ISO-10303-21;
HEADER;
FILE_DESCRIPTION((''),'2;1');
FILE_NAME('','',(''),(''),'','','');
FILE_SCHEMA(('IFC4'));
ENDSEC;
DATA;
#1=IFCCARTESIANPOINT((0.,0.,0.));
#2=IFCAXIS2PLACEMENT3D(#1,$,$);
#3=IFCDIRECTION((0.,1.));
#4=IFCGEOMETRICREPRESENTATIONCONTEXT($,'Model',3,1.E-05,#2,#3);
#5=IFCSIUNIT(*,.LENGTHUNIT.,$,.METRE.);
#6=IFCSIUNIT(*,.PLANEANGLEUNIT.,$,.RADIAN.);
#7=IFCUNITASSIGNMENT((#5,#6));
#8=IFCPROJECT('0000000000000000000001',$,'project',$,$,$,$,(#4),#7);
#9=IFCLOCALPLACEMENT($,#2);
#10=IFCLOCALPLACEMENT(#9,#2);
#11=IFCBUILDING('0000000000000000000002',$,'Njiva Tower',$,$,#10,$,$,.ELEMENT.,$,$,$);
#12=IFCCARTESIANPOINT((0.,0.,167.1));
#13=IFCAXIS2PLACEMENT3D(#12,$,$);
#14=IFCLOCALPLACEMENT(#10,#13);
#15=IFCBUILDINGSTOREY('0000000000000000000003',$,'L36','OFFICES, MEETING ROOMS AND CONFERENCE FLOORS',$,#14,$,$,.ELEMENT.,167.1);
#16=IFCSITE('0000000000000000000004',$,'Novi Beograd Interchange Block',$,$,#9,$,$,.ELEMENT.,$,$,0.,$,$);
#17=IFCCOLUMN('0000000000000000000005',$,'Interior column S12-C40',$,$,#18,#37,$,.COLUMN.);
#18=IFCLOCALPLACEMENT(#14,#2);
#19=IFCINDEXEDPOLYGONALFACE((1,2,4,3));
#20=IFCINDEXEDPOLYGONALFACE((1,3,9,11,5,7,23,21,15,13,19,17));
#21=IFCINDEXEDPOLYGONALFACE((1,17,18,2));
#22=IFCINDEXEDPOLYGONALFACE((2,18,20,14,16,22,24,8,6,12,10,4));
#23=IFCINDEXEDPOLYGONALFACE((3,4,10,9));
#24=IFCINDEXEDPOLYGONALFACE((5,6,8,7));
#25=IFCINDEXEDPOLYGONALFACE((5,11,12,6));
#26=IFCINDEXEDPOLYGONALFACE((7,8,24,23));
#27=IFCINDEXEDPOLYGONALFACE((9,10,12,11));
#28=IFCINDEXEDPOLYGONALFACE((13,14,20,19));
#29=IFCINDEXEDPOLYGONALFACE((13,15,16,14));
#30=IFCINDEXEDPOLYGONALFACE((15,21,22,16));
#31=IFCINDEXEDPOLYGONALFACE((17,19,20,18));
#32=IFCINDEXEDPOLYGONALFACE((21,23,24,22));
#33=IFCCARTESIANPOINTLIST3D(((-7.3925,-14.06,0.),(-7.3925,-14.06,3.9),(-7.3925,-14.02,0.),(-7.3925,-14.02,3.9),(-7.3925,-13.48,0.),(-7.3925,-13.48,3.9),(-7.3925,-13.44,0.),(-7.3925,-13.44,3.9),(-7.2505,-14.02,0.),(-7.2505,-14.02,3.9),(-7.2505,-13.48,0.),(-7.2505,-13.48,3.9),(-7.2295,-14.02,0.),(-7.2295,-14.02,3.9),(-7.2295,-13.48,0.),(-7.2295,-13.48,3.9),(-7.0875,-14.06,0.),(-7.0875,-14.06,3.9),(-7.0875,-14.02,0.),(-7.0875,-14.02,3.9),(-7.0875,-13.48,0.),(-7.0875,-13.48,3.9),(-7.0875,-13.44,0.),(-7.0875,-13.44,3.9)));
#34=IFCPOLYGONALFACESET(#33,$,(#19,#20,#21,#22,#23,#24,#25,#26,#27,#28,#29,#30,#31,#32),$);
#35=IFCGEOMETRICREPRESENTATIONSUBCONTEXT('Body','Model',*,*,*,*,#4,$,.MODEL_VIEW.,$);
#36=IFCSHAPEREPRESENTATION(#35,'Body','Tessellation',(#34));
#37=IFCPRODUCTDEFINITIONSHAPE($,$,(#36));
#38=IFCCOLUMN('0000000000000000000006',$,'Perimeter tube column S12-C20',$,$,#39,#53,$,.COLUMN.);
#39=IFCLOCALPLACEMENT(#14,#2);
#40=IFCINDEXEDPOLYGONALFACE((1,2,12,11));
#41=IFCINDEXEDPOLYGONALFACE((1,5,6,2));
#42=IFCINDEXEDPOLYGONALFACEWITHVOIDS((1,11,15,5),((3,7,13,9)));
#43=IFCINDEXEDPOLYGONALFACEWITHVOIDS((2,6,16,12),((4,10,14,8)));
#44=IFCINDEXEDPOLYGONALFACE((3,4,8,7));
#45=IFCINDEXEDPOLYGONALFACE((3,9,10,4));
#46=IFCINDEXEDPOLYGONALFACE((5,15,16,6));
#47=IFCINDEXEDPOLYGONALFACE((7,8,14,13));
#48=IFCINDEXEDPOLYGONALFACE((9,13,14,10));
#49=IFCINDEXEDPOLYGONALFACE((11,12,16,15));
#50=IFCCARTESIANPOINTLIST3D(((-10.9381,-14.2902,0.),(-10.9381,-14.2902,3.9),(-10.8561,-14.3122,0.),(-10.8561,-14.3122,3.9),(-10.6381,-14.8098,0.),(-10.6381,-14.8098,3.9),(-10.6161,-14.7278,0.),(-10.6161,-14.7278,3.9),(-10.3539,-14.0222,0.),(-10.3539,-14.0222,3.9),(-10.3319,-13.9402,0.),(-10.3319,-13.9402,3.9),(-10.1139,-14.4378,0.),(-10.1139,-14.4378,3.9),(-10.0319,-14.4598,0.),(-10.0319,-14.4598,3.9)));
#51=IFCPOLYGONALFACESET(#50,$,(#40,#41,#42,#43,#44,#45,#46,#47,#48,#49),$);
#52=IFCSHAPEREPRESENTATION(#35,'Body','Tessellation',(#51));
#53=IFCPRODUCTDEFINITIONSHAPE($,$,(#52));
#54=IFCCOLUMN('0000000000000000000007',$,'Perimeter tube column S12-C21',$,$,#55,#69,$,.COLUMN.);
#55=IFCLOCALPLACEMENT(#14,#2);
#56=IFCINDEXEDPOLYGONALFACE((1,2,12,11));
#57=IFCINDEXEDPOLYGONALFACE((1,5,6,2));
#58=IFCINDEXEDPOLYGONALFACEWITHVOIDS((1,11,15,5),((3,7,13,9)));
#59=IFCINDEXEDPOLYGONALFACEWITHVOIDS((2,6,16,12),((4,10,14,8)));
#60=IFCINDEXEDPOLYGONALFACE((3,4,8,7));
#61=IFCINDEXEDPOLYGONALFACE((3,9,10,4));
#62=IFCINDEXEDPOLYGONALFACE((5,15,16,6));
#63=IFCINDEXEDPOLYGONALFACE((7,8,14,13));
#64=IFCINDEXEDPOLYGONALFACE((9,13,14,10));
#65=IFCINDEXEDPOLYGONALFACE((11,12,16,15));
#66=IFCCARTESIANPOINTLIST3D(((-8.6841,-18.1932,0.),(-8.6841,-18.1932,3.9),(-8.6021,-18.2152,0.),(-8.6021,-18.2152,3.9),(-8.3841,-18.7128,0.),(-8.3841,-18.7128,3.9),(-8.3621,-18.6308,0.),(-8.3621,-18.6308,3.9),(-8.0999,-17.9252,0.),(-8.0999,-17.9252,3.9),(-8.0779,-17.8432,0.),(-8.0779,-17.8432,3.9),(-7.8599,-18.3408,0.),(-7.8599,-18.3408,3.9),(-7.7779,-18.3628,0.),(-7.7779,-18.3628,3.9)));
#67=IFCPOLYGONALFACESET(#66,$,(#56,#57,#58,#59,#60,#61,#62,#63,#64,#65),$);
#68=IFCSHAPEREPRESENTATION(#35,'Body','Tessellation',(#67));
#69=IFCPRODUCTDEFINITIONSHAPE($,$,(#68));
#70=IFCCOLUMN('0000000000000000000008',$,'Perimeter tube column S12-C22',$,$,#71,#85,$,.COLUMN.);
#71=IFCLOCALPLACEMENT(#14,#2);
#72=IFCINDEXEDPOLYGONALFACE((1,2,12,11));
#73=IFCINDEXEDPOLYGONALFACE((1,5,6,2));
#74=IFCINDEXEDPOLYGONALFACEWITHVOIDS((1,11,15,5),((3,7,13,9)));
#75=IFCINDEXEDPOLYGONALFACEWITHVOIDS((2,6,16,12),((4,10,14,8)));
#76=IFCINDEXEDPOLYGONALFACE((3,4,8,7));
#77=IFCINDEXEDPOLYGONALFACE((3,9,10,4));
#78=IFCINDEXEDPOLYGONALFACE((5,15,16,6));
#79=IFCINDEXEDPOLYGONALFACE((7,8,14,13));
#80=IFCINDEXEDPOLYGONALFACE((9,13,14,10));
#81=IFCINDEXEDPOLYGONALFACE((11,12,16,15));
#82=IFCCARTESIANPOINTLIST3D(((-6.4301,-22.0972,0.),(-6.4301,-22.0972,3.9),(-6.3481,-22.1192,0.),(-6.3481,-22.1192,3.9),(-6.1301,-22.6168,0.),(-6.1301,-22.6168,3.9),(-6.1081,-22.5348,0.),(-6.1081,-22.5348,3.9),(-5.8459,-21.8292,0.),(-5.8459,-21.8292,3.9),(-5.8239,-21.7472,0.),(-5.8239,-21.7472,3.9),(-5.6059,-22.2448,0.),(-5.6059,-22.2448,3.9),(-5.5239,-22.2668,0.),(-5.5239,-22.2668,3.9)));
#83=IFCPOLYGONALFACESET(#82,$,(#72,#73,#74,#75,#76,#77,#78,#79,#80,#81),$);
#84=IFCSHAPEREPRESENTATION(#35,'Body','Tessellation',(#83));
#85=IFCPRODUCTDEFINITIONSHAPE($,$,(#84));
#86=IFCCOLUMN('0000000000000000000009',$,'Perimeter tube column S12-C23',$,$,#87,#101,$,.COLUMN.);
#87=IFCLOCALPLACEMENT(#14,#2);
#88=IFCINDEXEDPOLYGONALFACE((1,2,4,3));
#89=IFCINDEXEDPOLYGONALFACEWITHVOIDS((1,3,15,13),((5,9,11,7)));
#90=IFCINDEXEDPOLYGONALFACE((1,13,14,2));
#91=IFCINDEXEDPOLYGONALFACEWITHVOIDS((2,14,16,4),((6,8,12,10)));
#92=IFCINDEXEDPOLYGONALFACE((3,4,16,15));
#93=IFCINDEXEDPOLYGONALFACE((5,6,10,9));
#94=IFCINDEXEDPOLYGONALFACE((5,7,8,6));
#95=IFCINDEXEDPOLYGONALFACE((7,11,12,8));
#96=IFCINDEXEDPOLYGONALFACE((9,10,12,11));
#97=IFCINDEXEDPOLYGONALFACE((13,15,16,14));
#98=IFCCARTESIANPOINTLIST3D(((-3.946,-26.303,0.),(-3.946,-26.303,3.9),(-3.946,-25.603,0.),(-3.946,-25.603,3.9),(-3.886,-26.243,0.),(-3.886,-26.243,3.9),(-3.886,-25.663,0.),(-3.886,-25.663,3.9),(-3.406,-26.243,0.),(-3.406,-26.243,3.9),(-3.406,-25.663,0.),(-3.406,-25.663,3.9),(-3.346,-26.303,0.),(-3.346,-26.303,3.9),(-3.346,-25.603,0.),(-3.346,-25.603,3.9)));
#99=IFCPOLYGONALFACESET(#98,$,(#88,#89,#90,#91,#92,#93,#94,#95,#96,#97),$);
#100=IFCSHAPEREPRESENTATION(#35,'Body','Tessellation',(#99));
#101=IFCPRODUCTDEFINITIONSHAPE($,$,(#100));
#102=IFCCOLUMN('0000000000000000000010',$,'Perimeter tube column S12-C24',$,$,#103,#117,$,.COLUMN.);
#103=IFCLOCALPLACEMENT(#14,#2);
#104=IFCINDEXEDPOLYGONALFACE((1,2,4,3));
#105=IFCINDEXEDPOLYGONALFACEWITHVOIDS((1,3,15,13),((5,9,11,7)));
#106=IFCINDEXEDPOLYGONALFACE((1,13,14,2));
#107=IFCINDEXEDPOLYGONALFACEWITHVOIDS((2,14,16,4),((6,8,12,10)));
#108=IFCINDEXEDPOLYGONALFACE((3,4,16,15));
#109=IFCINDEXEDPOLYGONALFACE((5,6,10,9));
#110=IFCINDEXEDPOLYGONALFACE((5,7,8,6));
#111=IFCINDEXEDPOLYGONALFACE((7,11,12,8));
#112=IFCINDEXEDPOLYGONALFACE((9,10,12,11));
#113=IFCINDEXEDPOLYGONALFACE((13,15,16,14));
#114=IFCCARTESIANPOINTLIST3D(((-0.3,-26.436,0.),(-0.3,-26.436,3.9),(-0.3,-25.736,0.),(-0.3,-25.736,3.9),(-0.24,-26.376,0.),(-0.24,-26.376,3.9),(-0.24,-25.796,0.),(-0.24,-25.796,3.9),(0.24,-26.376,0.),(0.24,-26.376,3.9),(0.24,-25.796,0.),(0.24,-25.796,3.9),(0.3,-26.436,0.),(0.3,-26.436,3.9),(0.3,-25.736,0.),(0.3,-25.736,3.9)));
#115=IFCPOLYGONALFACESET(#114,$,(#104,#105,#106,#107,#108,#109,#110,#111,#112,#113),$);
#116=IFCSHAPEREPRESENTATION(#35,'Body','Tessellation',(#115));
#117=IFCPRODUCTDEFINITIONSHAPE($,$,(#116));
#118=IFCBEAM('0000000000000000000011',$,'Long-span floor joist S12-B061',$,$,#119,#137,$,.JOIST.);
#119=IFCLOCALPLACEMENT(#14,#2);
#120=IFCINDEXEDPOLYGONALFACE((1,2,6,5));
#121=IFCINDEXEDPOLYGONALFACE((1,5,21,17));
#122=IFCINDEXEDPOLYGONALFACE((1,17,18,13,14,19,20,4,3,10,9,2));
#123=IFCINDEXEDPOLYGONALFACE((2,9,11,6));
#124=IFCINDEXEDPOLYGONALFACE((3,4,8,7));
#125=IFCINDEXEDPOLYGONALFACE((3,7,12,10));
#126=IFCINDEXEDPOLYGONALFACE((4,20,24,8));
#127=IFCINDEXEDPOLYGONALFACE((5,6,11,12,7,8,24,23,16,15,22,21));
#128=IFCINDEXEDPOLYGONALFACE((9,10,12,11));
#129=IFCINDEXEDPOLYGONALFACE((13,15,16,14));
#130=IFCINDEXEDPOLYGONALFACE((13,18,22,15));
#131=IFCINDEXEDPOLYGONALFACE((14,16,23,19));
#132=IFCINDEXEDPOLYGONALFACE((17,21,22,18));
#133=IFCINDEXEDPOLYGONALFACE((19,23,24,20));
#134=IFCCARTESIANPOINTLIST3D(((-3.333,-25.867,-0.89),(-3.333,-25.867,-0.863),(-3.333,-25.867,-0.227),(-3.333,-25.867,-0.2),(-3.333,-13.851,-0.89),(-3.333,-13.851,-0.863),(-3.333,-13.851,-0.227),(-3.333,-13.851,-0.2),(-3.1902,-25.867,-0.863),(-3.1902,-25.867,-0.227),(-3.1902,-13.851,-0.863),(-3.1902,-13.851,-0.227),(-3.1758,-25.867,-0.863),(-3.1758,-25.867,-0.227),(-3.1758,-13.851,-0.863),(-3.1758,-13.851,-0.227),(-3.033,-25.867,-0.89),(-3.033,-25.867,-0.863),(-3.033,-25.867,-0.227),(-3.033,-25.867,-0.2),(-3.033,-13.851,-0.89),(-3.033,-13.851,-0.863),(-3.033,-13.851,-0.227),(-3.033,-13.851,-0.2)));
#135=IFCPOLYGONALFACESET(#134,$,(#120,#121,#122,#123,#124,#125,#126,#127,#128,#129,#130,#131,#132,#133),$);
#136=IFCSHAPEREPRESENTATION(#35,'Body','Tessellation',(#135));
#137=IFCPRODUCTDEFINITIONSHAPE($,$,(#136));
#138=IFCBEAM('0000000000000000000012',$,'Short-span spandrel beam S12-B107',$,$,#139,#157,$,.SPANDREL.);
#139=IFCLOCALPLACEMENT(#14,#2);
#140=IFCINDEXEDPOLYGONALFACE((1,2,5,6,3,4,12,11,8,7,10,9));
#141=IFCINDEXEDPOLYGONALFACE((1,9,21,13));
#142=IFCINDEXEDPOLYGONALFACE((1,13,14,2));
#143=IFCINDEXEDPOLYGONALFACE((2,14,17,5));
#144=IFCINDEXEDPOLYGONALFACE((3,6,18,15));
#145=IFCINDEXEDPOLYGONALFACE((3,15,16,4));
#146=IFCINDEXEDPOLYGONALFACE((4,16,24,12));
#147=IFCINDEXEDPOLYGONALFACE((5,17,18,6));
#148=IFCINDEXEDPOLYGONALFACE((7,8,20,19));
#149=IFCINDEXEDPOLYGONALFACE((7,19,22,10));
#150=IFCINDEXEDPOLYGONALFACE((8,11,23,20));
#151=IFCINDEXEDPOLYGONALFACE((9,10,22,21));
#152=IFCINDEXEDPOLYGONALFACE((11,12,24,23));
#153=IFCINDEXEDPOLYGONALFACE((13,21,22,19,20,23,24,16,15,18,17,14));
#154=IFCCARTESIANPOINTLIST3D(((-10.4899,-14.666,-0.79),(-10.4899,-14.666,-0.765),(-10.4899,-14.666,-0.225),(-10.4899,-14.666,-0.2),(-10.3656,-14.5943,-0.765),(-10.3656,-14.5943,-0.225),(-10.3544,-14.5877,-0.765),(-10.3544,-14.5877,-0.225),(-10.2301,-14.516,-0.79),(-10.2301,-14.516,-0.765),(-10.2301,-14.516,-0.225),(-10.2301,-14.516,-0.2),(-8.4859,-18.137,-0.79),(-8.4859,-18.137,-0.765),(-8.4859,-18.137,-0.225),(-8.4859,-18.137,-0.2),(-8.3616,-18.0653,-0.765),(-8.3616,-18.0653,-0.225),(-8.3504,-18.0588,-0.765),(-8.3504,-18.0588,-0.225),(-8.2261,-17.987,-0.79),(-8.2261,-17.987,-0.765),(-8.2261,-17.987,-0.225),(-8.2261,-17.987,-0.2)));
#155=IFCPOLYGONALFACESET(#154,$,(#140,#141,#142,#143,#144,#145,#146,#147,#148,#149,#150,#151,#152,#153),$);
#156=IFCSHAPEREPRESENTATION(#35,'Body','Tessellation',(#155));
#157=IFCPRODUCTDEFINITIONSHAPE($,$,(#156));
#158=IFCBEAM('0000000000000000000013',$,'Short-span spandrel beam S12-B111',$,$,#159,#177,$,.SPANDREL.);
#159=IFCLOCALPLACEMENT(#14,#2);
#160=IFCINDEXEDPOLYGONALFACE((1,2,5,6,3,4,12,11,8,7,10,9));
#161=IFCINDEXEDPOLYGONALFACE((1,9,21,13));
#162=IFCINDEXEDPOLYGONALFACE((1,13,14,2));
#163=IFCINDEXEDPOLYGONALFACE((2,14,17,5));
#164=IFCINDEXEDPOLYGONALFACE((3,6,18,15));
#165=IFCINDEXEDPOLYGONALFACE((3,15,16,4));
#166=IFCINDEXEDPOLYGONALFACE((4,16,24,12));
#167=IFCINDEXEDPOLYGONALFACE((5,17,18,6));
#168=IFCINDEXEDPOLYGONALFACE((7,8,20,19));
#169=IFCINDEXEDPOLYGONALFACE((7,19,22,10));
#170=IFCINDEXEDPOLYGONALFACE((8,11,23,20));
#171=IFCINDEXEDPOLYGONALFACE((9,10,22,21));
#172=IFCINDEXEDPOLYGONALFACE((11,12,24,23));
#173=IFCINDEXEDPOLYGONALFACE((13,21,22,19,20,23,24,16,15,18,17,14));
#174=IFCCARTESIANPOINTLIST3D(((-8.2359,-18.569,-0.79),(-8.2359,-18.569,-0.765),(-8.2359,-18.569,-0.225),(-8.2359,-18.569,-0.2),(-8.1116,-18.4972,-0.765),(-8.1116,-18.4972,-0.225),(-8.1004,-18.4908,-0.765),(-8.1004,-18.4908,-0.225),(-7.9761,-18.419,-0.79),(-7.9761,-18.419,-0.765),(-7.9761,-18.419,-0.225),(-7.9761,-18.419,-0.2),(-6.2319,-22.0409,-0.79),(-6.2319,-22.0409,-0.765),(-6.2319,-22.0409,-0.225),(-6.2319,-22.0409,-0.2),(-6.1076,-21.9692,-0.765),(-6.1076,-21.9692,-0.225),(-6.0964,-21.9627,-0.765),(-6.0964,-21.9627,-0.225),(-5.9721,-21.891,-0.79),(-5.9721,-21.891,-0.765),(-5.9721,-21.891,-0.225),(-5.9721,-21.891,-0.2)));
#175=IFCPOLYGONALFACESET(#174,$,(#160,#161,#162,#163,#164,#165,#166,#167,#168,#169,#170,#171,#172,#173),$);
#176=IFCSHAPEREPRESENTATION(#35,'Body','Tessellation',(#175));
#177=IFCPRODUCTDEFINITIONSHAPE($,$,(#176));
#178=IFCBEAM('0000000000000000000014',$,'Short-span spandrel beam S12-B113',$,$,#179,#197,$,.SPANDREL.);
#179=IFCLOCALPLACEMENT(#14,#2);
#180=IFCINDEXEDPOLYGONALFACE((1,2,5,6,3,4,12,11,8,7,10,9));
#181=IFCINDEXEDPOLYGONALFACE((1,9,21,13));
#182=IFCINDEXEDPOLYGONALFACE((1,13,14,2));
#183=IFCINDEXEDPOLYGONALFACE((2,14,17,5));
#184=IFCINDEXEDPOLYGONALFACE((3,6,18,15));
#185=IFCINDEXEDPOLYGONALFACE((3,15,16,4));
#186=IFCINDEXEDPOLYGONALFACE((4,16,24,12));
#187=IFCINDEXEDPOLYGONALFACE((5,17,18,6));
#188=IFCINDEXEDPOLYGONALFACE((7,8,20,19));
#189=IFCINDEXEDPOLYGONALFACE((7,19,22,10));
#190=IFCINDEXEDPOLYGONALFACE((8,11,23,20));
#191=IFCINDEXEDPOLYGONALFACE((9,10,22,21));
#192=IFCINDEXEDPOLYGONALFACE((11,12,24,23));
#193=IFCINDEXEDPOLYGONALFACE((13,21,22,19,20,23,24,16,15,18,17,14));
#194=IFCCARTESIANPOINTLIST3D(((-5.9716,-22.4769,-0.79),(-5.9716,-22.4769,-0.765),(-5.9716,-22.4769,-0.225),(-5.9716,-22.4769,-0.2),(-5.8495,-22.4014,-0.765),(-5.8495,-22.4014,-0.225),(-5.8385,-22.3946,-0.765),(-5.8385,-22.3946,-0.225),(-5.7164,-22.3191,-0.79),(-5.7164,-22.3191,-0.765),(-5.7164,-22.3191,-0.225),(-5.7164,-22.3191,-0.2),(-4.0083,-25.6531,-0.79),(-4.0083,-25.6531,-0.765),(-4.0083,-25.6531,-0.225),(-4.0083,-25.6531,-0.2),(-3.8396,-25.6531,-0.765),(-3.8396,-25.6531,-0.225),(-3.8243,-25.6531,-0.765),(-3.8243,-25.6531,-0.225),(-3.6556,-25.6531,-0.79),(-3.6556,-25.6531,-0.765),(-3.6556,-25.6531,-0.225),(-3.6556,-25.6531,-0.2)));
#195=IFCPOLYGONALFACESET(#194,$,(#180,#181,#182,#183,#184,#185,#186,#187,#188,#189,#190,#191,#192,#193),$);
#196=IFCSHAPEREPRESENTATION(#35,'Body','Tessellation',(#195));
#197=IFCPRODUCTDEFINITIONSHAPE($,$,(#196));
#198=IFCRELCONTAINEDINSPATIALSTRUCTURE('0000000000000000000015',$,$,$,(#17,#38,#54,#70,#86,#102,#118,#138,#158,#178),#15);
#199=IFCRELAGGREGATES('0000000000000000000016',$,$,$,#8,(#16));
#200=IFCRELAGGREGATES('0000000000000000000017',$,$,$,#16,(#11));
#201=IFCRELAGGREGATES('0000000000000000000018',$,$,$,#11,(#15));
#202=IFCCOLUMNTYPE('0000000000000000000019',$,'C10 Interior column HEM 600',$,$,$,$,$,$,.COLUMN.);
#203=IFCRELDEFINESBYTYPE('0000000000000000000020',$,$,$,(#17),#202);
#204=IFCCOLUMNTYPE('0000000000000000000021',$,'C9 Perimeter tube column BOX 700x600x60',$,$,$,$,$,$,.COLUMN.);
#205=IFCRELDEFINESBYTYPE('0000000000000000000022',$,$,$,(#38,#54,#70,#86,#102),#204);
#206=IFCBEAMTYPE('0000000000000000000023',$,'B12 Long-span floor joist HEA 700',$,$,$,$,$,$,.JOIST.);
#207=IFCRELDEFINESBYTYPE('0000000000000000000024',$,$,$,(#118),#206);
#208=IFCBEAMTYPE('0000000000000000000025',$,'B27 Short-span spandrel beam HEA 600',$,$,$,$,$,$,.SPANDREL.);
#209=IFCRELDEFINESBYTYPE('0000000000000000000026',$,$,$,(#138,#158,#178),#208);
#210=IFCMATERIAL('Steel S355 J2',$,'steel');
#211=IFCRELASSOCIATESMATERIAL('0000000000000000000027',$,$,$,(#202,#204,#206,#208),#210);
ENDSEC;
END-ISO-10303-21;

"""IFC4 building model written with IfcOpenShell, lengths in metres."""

from ifc_helpers import new_model, si_unit, direction, frame, origin, origin_2d, place, context, subcontext, project, spatial, hollow_rectangle, i_section, extrude, clip, halfspace, material, material_profile, profile_set, type_object, element, save


model = new_model("IFC4")

# Units and contexts
model_context = context("Model", 3, precision=1e-05, world=origin(), true_north=direction((0.0, 1.0)))
body_context = subcontext(model_context, "Body", "Model", "MODEL_VIEW")
ifc_project = project(units=[si_unit("LENGTHUNIT", "METRE"), si_unit("PLANEANGLEUNIT", "RADIAN")], contexts=[model_context])

# Site, building, storey
site_placement = place(None, origin())
site = spatial("IfcSite", under=ifc_project, at=site_placement, Name="Novi Beograd Interchange Block", CompositionType="ELEMENT", RefElevation=0.0)
building_placement = place(site_placement, origin())
building = spatial("IfcBuilding", under=site, at=building_placement, Name="Njiva Tower", CompositionType="ELEMENT")
storey_placement = place(building_placement, frame((0.0, 0.0, 167.1)))
storey = spatial("IfcBuildingStorey", under=building, at=storey_placement, Name="L36", Description="OFFICES, MEETING ROOMS AND CONFERENCE FLOORS", CompositionType="ELEMENT", Elevation=167.1)

# Columns
ifc_material_1 = material(Name="Steel S355 J2", Category="steel")
ifc_material_profile_1 = material_profile(ifc_material_1, i_section(OverallWidth=0.305, OverallDepth=0.62, WebThickness=0.021, FlangeThickness=0.04, at=origin_2d()), Name="HEM 600")
ifc_profile_set_1 = profile_set([ifc_material_profile_1], Name="Steel S355 J2")
column_type_1 = type_object("IfcColumnType", Name="C10 Interior column HEM 600", PredefinedType="COLUMN", material=ifc_profile_set_1)
column_placement = place(storey_placement, frame((-7.24, -13.75, 0.0), z_axis=(0.0, 0.0, 1.0), x_axis=(1.0, 0.0, 0.0)))
element("IfcColumn", 1, at=column_placement, inside=storey, type_object=column_type_1, Name="Interior column S12-C40", PredefinedType="COLUMN", context=body_context, shape_type="SweptSolid", body=[
    extrude(i_section(OverallWidth=0.305, OverallDepth=0.62, WebThickness=0.021, FlangeThickness=0.04, at=origin_2d()), origin(), (0.0, 0.0, 1.0), 3.9),
])
ifc_material_profile_2 = material_profile(ifc_material_1, hollow_rectangle(XDim=0.6, YDim=0.7, WallThickness=0.06, at=origin_2d()), Name="BOX 700x600x60")
ifc_profile_set_2 = profile_set([ifc_material_profile_2], Name="Steel S355 J2")
column_type_2 = type_object("IfcColumnType", Name="C9 Perimeter tube column BOX 700x600x60", PredefinedType="COLUMN", material=ifc_profile_set_2)
for number, where, z_axis, x_axis, name in (
    (2, (-10.485, -14.375, 0.0), (0.0, 0.0, 1.0), (0.5, -0.866025, 0.0), "Perimeter tube column S12-C20"),
    (3, (-8.231, -18.278, 0.0), (0.0, 0.0, 1.0), (0.5, -0.866025, 0.0), "Perimeter tube column S12-C21"),
    (4, (-5.977, -22.182, 0.0), (0.0, 0.0, 1.0), (0.5, -0.866025, 0.0), "Perimeter tube column S12-C22"),
    (5, (-3.646, -25.953, 0.0), (0.0, 0.0, 1.0), (1.0, 0.0, 0.0), "Perimeter tube column S12-C23"),
    (6, (0.0, -26.086, 0.0), (0.0, 0.0, 1.0), (1.0, 0.0, 0.0), "Perimeter tube column S12-C24"),
):
    element("IfcColumn", number, at=place(storey_placement, frame(where, z_axis=z_axis, x_axis=x_axis)), inside=storey, type_object=column_type_2, Name=name, PredefinedType="COLUMN", context=body_context, shape_type="SweptSolid", body=[
        extrude(hollow_rectangle(XDim=0.6, YDim=0.7, WallThickness=0.06, at=origin_2d()), origin(), (0.0, 0.0, 1.0), 3.9),
    ])

# Beams
ifc_material_profile_3 = material_profile(ifc_material_1, i_section(OverallWidth=0.3, OverallDepth=0.69, WebThickness=0.0145, FlangeThickness=0.027, at=origin_2d()), Name="HEA 700")
ifc_profile_set_3 = profile_set([ifc_material_profile_3], Name="Steel S355 J2")
beam_type_1 = type_object("IfcBeamType", Name="B12 Long-span floor joist HEA 700", PredefinedType="JOIST", material=ifc_profile_set_3)
beam_1_placement = place(storey_placement, frame((-3.183, -13.851, -0.545), z_axis=(0.0, -1.0, 0.0), x_axis=(1.0, 0.0, 0.0)))
element("IfcBeam", 7, at=beam_1_placement, inside=storey, type_object=beam_type_1, Name="Long-span floor joist S12-B061", PredefinedType="JOIST", context=body_context, shape_type="SweptSolid", body=[
    extrude(i_section(OverallWidth=0.3, OverallDepth=0.69, WebThickness=0.0145, FlangeThickness=0.027, at=origin_2d()), origin(), (0.0, 0.0, 1.0), 12.016),
])
ifc_material_profile_4 = material_profile(ifc_material_1, i_section(OverallWidth=0.3, OverallDepth=0.59, WebThickness=0.013, FlangeThickness=0.025, at=origin_2d()), Name="HEA 600")
ifc_profile_set_4 = profile_set([ifc_material_profile_4], Name="Steel S355 J2")
beam_type_2 = type_object("IfcBeamType", Name="B27 Short-span spandrel beam HEA 600", PredefinedType="SPANDREL", material=ifc_profile_set_4)
beam_2_placement = place(storey_placement, frame((-10.36, -14.591, -0.495), z_axis=(0.500003, -0.866024, 0.0), x_axis=(0.866024, 0.500003, 0.0)))
element("IfcBeam", 8, at=beam_2_placement, inside=storey, type_object=beam_type_2, Name="Short-span spandrel beam S12-B107", PredefinedType="SPANDREL", context=body_context, shape_type="SweptSolid", body=[
    extrude(i_section(OverallWidth=0.3, OverallDepth=0.59, WebThickness=0.013, FlangeThickness=0.025, at=origin_2d()), origin(), (0.0, 0.0, 1.0), 4.008),
])
beam_3_placement = place(storey_placement, frame((-8.106, -18.494, -0.495), z_axis=(0.499895, -0.866086, 0.0), x_axis=(0.866086, 0.499895, 0.0)))
element("IfcBeam", 9, at=beam_3_placement, inside=storey, type_object=beam_type_2, Name="Short-span spandrel beam S12-B111", PredefinedType="SPANDREL", context=body_context, shape_type="SweptSolid", body=[
    extrude(i_section(OverallWidth=0.3, OverallDepth=0.59, WebThickness=0.013, FlangeThickness=0.025, at=origin_2d()), origin(), (0.0, 0.0, 1.0), 4.0088),
])
beam_4_placement = place(storey_placement, frame((-5.844, -22.398, -0.495), z_axis=(0.525788, -0.850616, 0.0), x_axis=(0.850616, 0.525788, 0.0)))
element("IfcBeam", 10, at=beam_4_placement, inside=storey, type_object=beam_type_2, Name="Short-span spandrel beam S12-B113", PredefinedType="SPANDREL", context=body_context, shape_type="Clipping", body=[
    clip(extrude(i_section(OverallWidth=0.3, OverallDepth=0.59, WebThickness=0.013, FlangeThickness=0.025, at=origin_2d()), origin(), (0.0, 0.0, 1.0), 3.9396), halfspace(frame((-0.0259, 0.0, 3.8107), z_axis=(-0.525788, 0.0, 0.850616), x_axis=(0.0, 1.0, 0.0)), False)),
])

save(model, "model.ifc")
